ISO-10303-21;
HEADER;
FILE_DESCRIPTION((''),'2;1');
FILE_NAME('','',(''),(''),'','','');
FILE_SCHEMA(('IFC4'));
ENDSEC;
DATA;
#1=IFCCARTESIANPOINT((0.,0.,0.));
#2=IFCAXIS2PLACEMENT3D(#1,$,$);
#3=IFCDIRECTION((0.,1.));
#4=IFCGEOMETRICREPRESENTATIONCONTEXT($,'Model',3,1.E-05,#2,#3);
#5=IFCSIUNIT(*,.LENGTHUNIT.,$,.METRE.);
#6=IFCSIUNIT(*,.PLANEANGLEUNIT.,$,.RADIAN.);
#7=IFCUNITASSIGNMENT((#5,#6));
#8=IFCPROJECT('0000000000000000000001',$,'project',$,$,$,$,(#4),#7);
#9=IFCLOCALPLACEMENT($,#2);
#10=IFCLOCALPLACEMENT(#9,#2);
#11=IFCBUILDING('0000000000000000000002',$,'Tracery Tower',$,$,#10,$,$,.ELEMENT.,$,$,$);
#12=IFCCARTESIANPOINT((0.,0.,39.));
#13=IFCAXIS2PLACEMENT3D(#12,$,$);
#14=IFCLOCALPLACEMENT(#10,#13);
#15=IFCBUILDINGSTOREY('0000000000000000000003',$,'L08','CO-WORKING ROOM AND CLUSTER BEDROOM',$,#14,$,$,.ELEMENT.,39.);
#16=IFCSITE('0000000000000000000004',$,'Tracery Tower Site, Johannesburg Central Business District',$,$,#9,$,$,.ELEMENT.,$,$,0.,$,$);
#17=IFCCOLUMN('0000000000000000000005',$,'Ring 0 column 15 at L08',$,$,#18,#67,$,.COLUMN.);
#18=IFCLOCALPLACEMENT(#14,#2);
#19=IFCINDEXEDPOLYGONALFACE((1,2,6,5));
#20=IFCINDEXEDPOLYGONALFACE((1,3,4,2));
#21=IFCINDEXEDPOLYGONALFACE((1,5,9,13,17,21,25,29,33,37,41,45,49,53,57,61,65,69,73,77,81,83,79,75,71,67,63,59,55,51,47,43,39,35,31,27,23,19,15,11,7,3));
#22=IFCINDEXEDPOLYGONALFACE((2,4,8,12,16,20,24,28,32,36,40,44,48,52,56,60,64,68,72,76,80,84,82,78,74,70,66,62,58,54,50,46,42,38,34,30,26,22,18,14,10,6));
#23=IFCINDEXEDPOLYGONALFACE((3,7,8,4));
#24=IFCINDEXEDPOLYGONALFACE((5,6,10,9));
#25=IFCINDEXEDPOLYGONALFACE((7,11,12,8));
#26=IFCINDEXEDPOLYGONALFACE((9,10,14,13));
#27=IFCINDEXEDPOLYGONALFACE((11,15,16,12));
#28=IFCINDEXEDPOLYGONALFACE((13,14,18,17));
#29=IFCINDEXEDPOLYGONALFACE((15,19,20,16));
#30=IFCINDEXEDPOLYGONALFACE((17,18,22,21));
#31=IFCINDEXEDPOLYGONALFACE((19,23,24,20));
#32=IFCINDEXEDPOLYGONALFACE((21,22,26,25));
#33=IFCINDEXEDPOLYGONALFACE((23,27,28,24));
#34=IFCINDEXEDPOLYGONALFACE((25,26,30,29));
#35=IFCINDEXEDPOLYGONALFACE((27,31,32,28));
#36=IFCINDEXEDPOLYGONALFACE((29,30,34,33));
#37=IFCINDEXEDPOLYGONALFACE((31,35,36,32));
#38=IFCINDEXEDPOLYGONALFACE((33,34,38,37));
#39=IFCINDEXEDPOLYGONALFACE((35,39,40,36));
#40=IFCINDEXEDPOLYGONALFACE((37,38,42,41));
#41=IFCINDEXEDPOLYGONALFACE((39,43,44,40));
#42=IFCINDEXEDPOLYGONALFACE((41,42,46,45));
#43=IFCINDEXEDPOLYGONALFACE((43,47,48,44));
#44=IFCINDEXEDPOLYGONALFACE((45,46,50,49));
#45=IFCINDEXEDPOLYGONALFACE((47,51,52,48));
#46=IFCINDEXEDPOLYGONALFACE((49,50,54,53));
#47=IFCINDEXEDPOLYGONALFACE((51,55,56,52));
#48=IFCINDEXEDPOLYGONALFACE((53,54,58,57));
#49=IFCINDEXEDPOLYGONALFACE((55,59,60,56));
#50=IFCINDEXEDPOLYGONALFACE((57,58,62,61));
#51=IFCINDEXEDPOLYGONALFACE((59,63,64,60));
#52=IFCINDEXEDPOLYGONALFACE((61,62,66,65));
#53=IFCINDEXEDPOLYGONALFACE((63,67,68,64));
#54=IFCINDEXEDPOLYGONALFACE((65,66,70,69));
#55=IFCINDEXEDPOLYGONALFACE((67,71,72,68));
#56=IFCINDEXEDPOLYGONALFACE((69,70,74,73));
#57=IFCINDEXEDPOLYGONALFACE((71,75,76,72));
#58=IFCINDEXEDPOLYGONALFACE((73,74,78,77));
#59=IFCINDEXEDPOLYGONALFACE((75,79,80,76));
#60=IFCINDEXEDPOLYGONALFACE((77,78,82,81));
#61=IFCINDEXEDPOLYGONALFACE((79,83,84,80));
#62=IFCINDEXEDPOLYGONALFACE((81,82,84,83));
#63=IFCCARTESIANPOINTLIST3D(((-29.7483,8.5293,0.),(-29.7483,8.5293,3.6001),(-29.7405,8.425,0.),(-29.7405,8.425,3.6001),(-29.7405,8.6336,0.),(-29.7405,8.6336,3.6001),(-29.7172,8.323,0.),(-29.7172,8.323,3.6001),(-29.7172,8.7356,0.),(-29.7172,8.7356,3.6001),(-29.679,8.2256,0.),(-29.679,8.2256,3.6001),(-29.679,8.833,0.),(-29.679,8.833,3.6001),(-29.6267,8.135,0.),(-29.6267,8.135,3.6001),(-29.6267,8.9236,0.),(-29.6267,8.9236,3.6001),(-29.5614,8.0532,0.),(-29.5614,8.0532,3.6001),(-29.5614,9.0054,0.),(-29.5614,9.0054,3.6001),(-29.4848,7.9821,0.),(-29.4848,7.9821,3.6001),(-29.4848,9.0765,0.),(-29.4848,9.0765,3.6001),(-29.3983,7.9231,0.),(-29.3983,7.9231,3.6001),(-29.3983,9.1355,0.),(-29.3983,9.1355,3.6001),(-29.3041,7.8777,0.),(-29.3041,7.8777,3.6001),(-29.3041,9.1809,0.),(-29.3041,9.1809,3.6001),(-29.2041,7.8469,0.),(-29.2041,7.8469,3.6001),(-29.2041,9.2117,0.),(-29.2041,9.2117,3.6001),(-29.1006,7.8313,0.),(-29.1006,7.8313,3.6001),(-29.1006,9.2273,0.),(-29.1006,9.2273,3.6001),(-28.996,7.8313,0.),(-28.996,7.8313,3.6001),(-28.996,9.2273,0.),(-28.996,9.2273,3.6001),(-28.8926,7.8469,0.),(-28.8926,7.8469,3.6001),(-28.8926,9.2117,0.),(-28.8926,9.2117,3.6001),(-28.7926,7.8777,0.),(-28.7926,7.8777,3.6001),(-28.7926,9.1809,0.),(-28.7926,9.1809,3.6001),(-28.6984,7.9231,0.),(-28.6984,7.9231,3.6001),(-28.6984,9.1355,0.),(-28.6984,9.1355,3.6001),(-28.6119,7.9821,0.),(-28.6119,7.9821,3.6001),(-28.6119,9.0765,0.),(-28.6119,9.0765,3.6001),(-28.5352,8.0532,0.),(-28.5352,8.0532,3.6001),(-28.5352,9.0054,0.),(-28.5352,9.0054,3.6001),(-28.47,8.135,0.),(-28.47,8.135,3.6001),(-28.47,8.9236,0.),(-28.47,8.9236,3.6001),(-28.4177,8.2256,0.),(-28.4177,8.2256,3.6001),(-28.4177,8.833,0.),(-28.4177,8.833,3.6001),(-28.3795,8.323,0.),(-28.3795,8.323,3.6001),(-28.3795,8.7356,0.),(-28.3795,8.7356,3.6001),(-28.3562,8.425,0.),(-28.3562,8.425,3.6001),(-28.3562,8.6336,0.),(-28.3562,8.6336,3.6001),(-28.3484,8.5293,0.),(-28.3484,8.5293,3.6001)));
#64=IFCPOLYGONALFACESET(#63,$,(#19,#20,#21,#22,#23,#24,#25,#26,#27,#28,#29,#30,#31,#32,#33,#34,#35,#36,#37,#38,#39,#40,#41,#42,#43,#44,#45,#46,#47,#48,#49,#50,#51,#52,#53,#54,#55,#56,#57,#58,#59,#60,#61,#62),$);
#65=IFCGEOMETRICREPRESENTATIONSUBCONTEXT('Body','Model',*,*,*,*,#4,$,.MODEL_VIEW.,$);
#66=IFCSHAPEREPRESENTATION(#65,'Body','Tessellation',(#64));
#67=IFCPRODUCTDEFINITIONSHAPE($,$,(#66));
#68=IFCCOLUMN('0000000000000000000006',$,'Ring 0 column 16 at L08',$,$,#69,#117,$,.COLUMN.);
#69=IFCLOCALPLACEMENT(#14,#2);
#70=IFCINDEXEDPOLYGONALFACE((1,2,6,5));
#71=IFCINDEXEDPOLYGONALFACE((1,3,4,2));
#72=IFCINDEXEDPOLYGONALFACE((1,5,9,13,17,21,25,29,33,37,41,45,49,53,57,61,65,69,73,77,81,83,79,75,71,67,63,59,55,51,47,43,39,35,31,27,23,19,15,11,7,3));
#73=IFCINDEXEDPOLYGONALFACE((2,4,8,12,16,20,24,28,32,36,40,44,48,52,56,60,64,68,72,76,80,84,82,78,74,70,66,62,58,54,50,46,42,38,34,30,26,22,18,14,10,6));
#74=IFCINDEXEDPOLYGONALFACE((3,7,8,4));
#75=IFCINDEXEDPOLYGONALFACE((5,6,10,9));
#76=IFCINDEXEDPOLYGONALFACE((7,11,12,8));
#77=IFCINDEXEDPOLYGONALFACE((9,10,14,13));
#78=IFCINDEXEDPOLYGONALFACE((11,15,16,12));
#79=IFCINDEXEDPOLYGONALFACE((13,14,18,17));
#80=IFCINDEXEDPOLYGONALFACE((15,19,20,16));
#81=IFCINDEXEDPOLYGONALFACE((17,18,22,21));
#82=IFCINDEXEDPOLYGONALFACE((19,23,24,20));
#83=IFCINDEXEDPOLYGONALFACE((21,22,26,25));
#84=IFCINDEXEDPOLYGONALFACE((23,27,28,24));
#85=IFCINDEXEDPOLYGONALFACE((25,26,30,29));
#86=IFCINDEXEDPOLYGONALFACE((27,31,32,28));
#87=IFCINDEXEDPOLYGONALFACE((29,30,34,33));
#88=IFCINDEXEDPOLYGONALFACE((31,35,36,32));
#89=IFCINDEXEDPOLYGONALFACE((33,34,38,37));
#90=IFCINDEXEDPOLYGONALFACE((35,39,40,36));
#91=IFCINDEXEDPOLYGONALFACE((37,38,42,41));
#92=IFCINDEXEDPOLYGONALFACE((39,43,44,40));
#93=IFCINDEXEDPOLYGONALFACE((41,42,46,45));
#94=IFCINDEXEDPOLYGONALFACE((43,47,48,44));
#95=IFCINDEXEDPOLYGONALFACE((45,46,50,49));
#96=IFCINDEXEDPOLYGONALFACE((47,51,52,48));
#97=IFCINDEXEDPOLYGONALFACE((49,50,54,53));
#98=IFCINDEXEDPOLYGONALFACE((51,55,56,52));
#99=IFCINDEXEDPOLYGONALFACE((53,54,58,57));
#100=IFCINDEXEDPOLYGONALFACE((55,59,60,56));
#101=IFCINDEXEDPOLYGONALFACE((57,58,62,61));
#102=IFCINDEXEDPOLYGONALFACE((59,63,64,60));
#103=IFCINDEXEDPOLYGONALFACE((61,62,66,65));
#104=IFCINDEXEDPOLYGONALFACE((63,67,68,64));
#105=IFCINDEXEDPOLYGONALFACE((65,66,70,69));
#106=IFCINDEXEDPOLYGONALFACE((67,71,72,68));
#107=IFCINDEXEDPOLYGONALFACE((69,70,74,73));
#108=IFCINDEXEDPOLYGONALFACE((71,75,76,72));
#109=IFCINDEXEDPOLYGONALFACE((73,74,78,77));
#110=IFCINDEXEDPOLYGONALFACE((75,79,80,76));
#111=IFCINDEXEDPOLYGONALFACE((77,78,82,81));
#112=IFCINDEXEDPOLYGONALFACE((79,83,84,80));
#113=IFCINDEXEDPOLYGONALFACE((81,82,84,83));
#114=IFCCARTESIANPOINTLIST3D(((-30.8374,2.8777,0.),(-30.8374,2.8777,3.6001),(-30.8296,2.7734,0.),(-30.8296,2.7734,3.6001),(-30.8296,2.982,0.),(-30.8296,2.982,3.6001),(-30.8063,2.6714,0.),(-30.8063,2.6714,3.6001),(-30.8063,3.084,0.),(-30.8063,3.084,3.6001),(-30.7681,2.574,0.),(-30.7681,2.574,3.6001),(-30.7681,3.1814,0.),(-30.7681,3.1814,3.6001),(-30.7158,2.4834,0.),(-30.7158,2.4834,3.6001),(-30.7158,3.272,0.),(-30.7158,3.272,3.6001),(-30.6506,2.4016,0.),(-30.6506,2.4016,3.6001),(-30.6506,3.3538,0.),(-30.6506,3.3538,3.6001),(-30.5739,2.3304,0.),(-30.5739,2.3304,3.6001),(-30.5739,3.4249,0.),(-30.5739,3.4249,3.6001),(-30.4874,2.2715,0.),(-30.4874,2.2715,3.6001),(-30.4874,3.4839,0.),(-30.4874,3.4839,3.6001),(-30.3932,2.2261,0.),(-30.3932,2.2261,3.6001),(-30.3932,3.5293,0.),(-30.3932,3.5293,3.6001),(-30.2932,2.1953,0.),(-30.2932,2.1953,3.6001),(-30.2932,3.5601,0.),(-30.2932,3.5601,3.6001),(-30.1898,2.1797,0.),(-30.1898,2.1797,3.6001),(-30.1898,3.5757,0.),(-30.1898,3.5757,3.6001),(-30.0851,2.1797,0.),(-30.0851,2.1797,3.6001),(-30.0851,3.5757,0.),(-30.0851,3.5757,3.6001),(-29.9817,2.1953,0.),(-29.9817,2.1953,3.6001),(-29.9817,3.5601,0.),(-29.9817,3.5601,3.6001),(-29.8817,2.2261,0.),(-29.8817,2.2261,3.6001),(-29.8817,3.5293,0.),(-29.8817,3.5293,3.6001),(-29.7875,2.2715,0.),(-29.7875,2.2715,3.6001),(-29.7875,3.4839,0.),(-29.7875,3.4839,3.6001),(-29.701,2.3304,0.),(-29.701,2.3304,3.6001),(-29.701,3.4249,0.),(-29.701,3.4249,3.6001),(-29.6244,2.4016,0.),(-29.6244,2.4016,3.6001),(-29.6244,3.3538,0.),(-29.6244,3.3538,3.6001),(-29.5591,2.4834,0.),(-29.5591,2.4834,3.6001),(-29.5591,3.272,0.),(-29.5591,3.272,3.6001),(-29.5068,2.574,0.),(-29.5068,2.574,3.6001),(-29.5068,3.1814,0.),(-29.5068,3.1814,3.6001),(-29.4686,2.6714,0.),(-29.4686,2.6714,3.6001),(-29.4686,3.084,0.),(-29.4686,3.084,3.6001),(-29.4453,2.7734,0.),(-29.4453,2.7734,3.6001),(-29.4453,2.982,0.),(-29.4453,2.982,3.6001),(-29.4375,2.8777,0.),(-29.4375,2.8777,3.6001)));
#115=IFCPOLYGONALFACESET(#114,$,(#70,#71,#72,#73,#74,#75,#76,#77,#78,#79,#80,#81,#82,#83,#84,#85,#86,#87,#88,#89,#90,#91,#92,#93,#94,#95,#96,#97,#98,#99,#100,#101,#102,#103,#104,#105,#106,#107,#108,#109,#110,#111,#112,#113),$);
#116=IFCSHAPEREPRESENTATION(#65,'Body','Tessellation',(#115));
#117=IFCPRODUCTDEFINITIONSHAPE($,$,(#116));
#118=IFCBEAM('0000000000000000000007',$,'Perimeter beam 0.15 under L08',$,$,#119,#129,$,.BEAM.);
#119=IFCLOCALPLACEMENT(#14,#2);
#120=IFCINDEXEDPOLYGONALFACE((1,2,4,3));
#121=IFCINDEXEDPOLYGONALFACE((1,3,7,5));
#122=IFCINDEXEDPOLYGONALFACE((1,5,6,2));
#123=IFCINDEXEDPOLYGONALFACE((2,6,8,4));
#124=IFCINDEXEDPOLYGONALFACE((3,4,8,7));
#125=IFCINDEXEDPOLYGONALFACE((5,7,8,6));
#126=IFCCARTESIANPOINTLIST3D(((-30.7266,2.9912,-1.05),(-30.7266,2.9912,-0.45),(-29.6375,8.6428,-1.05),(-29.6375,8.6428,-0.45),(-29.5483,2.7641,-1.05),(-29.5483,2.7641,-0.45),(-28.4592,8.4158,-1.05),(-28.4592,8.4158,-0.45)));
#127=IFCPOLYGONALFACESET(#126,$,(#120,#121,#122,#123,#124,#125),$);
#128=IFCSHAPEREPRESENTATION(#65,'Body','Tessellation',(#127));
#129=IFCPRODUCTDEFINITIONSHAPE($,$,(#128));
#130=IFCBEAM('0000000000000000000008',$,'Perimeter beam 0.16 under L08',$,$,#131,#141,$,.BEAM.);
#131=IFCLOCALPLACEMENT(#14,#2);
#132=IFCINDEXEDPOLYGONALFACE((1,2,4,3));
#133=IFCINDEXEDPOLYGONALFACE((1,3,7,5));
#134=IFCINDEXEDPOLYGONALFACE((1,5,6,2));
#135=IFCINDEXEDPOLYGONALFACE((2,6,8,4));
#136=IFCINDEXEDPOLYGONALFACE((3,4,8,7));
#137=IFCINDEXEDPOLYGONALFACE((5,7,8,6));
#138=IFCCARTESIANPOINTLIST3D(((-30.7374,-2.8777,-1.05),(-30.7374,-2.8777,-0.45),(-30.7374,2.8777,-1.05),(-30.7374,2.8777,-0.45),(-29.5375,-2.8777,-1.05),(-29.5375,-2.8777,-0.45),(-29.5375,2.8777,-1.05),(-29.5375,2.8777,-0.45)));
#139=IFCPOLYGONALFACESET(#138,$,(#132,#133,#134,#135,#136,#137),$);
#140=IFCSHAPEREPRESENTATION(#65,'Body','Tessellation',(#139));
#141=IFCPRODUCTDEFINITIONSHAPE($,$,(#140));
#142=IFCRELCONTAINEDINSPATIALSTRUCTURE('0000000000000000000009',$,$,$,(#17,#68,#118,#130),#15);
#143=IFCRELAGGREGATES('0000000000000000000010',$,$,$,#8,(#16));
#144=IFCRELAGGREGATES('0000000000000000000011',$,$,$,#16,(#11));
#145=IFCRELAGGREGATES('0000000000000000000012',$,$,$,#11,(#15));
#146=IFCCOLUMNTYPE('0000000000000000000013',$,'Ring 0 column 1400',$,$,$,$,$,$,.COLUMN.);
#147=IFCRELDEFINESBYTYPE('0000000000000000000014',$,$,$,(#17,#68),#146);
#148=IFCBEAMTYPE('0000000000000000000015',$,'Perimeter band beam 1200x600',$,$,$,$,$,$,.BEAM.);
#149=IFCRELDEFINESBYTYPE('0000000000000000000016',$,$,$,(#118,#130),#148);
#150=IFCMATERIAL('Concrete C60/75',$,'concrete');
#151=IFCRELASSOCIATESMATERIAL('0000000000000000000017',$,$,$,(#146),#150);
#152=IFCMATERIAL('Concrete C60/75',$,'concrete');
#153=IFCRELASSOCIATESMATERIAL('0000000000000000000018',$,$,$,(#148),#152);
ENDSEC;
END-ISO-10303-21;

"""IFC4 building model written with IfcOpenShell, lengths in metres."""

from ifc_helpers import new_model, si_unit, direction, frame, origin, origin_2d, place, context, subcontext, project, spatial, rectangle, circle, extrude, material, material_profile, profile_set, type_object, element, save


model = new_model("IFC4")

# Units and contexts
model_context = context("Model", 3, precision=1e-05, world=origin(), true_north=direction((0.0, 1.0)))
body_context = subcontext(model_context, "Body", "Model", "MODEL_VIEW")
ifc_project = project(units=[si_unit("LENGTHUNIT", "METRE"), si_unit("PLANEANGLEUNIT", "RADIAN")], contexts=[model_context])

# Site, building, storey
site_placement = place(None, origin())
site = spatial("IfcSite", under=ifc_project, at=site_placement, Name="Tracery Tower Site, Johannesburg Central Business District", CompositionType="ELEMENT", RefElevation=0.0)
building_placement = place(site_placement, origin())
building = spatial("IfcBuilding", under=site, at=building_placement, Name="Tracery Tower", CompositionType="ELEMENT")
storey_placement = place(building_placement, frame((0.0, 0.0, 39.0)))
storey = spatial("IfcBuildingStorey", under=building, at=storey_placement, Name="L08", Description="CO-WORKING ROOM AND CLUSTER BEDROOM", CompositionType="ELEMENT", Elevation=39.0)

# Columns
ifc_material_1 = material(Name="Concrete C60/75", Category="concrete")
ifc_material_profile_1 = material_profile(ifc_material_1, circle(Radius=0.7, at=origin_2d()), Name="RC D1400")
ifc_profile_set_1 = profile_set([ifc_material_profile_1], Name="Concrete C60/75")
column_type = type_object("IfcColumnType", Name="Ring 0 column 1400", PredefinedType="COLUMN", material=ifc_profile_set_1)
for number, where, z_axis, x_axis, name in (
    (1, (-29.0483, 8.5293, 0.0), (0.0, 0.0, 1.0), (1.0, 0.0, 0.0), "Ring 0 column 15 at L08"),
    (2, (-30.1375, 2.8777, 0.0), (0.0, 0.0, 1.0), (1.0, 0.0, 0.0), "Ring 0 column 16 at L08"),
):
    element("IfcColumn", number, at=place(storey_placement, frame(where, z_axis=z_axis, x_axis=x_axis)), inside=storey, type_object=column_type, Name=name, PredefinedType="COLUMN", context=body_context, shape_type="SweptSolid", body=[
        extrude(circle(Radius=0.7, at=origin_2d()), origin(), (0.0, 0.0, 1.0), 3.6001),
    ])

# Beams
ifc_material_2 = material(Name="Concrete C60/75", Category="concrete")
ifc_material_profile_2 = material_profile(ifc_material_2, rectangle(XDim=1.2, YDim=0.6001, at=origin_2d()), Name="RC 1200x600")
ifc_profile_set_2 = profile_set([ifc_material_profile_2], Name="Concrete C60/75")
beam_type = type_object("IfcBeamType", Name="Perimeter band beam 1200x600", PredefinedType="BEAM", material=ifc_profile_set_2)
beam_1_placement = place(storey_placement, frame((-29.0483, 8.5293, -0.75), z_axis=(-0.189227, -0.981933, 0.0), x_axis=(0.981933, -0.189227, 0.0)))
element("IfcBeam", 3, at=beam_1_placement, inside=storey, type_object=beam_type, Name="Perimeter beam 0.15 under L08", PredefinedType="BEAM", context=body_context, shape_type="SweptSolid", body=[
    extrude(rectangle(XDim=1.2, YDim=0.6001, at=origin_2d()), origin(), (0.0, 0.0, 1.0), 5.7556),
])
beam_2_placement = place(storey_placement, frame((-30.1375, 2.8777, -0.75), z_axis=(0.0, -1.0, 0.0), x_axis=(1.0, 0.0, 0.0)))
element("IfcBeam", 4, at=beam_2_placement, inside=storey, type_object=beam_type, Name="Perimeter beam 0.16 under L08", PredefinedType="BEAM", context=body_context, shape_type="SweptSolid", body=[
    extrude(rectangle(XDim=1.2, YDim=0.6001, at=origin_2d()), origin(), (0.0, 0.0, 1.0), 5.7554),
])

save(model, "model.ifc")
